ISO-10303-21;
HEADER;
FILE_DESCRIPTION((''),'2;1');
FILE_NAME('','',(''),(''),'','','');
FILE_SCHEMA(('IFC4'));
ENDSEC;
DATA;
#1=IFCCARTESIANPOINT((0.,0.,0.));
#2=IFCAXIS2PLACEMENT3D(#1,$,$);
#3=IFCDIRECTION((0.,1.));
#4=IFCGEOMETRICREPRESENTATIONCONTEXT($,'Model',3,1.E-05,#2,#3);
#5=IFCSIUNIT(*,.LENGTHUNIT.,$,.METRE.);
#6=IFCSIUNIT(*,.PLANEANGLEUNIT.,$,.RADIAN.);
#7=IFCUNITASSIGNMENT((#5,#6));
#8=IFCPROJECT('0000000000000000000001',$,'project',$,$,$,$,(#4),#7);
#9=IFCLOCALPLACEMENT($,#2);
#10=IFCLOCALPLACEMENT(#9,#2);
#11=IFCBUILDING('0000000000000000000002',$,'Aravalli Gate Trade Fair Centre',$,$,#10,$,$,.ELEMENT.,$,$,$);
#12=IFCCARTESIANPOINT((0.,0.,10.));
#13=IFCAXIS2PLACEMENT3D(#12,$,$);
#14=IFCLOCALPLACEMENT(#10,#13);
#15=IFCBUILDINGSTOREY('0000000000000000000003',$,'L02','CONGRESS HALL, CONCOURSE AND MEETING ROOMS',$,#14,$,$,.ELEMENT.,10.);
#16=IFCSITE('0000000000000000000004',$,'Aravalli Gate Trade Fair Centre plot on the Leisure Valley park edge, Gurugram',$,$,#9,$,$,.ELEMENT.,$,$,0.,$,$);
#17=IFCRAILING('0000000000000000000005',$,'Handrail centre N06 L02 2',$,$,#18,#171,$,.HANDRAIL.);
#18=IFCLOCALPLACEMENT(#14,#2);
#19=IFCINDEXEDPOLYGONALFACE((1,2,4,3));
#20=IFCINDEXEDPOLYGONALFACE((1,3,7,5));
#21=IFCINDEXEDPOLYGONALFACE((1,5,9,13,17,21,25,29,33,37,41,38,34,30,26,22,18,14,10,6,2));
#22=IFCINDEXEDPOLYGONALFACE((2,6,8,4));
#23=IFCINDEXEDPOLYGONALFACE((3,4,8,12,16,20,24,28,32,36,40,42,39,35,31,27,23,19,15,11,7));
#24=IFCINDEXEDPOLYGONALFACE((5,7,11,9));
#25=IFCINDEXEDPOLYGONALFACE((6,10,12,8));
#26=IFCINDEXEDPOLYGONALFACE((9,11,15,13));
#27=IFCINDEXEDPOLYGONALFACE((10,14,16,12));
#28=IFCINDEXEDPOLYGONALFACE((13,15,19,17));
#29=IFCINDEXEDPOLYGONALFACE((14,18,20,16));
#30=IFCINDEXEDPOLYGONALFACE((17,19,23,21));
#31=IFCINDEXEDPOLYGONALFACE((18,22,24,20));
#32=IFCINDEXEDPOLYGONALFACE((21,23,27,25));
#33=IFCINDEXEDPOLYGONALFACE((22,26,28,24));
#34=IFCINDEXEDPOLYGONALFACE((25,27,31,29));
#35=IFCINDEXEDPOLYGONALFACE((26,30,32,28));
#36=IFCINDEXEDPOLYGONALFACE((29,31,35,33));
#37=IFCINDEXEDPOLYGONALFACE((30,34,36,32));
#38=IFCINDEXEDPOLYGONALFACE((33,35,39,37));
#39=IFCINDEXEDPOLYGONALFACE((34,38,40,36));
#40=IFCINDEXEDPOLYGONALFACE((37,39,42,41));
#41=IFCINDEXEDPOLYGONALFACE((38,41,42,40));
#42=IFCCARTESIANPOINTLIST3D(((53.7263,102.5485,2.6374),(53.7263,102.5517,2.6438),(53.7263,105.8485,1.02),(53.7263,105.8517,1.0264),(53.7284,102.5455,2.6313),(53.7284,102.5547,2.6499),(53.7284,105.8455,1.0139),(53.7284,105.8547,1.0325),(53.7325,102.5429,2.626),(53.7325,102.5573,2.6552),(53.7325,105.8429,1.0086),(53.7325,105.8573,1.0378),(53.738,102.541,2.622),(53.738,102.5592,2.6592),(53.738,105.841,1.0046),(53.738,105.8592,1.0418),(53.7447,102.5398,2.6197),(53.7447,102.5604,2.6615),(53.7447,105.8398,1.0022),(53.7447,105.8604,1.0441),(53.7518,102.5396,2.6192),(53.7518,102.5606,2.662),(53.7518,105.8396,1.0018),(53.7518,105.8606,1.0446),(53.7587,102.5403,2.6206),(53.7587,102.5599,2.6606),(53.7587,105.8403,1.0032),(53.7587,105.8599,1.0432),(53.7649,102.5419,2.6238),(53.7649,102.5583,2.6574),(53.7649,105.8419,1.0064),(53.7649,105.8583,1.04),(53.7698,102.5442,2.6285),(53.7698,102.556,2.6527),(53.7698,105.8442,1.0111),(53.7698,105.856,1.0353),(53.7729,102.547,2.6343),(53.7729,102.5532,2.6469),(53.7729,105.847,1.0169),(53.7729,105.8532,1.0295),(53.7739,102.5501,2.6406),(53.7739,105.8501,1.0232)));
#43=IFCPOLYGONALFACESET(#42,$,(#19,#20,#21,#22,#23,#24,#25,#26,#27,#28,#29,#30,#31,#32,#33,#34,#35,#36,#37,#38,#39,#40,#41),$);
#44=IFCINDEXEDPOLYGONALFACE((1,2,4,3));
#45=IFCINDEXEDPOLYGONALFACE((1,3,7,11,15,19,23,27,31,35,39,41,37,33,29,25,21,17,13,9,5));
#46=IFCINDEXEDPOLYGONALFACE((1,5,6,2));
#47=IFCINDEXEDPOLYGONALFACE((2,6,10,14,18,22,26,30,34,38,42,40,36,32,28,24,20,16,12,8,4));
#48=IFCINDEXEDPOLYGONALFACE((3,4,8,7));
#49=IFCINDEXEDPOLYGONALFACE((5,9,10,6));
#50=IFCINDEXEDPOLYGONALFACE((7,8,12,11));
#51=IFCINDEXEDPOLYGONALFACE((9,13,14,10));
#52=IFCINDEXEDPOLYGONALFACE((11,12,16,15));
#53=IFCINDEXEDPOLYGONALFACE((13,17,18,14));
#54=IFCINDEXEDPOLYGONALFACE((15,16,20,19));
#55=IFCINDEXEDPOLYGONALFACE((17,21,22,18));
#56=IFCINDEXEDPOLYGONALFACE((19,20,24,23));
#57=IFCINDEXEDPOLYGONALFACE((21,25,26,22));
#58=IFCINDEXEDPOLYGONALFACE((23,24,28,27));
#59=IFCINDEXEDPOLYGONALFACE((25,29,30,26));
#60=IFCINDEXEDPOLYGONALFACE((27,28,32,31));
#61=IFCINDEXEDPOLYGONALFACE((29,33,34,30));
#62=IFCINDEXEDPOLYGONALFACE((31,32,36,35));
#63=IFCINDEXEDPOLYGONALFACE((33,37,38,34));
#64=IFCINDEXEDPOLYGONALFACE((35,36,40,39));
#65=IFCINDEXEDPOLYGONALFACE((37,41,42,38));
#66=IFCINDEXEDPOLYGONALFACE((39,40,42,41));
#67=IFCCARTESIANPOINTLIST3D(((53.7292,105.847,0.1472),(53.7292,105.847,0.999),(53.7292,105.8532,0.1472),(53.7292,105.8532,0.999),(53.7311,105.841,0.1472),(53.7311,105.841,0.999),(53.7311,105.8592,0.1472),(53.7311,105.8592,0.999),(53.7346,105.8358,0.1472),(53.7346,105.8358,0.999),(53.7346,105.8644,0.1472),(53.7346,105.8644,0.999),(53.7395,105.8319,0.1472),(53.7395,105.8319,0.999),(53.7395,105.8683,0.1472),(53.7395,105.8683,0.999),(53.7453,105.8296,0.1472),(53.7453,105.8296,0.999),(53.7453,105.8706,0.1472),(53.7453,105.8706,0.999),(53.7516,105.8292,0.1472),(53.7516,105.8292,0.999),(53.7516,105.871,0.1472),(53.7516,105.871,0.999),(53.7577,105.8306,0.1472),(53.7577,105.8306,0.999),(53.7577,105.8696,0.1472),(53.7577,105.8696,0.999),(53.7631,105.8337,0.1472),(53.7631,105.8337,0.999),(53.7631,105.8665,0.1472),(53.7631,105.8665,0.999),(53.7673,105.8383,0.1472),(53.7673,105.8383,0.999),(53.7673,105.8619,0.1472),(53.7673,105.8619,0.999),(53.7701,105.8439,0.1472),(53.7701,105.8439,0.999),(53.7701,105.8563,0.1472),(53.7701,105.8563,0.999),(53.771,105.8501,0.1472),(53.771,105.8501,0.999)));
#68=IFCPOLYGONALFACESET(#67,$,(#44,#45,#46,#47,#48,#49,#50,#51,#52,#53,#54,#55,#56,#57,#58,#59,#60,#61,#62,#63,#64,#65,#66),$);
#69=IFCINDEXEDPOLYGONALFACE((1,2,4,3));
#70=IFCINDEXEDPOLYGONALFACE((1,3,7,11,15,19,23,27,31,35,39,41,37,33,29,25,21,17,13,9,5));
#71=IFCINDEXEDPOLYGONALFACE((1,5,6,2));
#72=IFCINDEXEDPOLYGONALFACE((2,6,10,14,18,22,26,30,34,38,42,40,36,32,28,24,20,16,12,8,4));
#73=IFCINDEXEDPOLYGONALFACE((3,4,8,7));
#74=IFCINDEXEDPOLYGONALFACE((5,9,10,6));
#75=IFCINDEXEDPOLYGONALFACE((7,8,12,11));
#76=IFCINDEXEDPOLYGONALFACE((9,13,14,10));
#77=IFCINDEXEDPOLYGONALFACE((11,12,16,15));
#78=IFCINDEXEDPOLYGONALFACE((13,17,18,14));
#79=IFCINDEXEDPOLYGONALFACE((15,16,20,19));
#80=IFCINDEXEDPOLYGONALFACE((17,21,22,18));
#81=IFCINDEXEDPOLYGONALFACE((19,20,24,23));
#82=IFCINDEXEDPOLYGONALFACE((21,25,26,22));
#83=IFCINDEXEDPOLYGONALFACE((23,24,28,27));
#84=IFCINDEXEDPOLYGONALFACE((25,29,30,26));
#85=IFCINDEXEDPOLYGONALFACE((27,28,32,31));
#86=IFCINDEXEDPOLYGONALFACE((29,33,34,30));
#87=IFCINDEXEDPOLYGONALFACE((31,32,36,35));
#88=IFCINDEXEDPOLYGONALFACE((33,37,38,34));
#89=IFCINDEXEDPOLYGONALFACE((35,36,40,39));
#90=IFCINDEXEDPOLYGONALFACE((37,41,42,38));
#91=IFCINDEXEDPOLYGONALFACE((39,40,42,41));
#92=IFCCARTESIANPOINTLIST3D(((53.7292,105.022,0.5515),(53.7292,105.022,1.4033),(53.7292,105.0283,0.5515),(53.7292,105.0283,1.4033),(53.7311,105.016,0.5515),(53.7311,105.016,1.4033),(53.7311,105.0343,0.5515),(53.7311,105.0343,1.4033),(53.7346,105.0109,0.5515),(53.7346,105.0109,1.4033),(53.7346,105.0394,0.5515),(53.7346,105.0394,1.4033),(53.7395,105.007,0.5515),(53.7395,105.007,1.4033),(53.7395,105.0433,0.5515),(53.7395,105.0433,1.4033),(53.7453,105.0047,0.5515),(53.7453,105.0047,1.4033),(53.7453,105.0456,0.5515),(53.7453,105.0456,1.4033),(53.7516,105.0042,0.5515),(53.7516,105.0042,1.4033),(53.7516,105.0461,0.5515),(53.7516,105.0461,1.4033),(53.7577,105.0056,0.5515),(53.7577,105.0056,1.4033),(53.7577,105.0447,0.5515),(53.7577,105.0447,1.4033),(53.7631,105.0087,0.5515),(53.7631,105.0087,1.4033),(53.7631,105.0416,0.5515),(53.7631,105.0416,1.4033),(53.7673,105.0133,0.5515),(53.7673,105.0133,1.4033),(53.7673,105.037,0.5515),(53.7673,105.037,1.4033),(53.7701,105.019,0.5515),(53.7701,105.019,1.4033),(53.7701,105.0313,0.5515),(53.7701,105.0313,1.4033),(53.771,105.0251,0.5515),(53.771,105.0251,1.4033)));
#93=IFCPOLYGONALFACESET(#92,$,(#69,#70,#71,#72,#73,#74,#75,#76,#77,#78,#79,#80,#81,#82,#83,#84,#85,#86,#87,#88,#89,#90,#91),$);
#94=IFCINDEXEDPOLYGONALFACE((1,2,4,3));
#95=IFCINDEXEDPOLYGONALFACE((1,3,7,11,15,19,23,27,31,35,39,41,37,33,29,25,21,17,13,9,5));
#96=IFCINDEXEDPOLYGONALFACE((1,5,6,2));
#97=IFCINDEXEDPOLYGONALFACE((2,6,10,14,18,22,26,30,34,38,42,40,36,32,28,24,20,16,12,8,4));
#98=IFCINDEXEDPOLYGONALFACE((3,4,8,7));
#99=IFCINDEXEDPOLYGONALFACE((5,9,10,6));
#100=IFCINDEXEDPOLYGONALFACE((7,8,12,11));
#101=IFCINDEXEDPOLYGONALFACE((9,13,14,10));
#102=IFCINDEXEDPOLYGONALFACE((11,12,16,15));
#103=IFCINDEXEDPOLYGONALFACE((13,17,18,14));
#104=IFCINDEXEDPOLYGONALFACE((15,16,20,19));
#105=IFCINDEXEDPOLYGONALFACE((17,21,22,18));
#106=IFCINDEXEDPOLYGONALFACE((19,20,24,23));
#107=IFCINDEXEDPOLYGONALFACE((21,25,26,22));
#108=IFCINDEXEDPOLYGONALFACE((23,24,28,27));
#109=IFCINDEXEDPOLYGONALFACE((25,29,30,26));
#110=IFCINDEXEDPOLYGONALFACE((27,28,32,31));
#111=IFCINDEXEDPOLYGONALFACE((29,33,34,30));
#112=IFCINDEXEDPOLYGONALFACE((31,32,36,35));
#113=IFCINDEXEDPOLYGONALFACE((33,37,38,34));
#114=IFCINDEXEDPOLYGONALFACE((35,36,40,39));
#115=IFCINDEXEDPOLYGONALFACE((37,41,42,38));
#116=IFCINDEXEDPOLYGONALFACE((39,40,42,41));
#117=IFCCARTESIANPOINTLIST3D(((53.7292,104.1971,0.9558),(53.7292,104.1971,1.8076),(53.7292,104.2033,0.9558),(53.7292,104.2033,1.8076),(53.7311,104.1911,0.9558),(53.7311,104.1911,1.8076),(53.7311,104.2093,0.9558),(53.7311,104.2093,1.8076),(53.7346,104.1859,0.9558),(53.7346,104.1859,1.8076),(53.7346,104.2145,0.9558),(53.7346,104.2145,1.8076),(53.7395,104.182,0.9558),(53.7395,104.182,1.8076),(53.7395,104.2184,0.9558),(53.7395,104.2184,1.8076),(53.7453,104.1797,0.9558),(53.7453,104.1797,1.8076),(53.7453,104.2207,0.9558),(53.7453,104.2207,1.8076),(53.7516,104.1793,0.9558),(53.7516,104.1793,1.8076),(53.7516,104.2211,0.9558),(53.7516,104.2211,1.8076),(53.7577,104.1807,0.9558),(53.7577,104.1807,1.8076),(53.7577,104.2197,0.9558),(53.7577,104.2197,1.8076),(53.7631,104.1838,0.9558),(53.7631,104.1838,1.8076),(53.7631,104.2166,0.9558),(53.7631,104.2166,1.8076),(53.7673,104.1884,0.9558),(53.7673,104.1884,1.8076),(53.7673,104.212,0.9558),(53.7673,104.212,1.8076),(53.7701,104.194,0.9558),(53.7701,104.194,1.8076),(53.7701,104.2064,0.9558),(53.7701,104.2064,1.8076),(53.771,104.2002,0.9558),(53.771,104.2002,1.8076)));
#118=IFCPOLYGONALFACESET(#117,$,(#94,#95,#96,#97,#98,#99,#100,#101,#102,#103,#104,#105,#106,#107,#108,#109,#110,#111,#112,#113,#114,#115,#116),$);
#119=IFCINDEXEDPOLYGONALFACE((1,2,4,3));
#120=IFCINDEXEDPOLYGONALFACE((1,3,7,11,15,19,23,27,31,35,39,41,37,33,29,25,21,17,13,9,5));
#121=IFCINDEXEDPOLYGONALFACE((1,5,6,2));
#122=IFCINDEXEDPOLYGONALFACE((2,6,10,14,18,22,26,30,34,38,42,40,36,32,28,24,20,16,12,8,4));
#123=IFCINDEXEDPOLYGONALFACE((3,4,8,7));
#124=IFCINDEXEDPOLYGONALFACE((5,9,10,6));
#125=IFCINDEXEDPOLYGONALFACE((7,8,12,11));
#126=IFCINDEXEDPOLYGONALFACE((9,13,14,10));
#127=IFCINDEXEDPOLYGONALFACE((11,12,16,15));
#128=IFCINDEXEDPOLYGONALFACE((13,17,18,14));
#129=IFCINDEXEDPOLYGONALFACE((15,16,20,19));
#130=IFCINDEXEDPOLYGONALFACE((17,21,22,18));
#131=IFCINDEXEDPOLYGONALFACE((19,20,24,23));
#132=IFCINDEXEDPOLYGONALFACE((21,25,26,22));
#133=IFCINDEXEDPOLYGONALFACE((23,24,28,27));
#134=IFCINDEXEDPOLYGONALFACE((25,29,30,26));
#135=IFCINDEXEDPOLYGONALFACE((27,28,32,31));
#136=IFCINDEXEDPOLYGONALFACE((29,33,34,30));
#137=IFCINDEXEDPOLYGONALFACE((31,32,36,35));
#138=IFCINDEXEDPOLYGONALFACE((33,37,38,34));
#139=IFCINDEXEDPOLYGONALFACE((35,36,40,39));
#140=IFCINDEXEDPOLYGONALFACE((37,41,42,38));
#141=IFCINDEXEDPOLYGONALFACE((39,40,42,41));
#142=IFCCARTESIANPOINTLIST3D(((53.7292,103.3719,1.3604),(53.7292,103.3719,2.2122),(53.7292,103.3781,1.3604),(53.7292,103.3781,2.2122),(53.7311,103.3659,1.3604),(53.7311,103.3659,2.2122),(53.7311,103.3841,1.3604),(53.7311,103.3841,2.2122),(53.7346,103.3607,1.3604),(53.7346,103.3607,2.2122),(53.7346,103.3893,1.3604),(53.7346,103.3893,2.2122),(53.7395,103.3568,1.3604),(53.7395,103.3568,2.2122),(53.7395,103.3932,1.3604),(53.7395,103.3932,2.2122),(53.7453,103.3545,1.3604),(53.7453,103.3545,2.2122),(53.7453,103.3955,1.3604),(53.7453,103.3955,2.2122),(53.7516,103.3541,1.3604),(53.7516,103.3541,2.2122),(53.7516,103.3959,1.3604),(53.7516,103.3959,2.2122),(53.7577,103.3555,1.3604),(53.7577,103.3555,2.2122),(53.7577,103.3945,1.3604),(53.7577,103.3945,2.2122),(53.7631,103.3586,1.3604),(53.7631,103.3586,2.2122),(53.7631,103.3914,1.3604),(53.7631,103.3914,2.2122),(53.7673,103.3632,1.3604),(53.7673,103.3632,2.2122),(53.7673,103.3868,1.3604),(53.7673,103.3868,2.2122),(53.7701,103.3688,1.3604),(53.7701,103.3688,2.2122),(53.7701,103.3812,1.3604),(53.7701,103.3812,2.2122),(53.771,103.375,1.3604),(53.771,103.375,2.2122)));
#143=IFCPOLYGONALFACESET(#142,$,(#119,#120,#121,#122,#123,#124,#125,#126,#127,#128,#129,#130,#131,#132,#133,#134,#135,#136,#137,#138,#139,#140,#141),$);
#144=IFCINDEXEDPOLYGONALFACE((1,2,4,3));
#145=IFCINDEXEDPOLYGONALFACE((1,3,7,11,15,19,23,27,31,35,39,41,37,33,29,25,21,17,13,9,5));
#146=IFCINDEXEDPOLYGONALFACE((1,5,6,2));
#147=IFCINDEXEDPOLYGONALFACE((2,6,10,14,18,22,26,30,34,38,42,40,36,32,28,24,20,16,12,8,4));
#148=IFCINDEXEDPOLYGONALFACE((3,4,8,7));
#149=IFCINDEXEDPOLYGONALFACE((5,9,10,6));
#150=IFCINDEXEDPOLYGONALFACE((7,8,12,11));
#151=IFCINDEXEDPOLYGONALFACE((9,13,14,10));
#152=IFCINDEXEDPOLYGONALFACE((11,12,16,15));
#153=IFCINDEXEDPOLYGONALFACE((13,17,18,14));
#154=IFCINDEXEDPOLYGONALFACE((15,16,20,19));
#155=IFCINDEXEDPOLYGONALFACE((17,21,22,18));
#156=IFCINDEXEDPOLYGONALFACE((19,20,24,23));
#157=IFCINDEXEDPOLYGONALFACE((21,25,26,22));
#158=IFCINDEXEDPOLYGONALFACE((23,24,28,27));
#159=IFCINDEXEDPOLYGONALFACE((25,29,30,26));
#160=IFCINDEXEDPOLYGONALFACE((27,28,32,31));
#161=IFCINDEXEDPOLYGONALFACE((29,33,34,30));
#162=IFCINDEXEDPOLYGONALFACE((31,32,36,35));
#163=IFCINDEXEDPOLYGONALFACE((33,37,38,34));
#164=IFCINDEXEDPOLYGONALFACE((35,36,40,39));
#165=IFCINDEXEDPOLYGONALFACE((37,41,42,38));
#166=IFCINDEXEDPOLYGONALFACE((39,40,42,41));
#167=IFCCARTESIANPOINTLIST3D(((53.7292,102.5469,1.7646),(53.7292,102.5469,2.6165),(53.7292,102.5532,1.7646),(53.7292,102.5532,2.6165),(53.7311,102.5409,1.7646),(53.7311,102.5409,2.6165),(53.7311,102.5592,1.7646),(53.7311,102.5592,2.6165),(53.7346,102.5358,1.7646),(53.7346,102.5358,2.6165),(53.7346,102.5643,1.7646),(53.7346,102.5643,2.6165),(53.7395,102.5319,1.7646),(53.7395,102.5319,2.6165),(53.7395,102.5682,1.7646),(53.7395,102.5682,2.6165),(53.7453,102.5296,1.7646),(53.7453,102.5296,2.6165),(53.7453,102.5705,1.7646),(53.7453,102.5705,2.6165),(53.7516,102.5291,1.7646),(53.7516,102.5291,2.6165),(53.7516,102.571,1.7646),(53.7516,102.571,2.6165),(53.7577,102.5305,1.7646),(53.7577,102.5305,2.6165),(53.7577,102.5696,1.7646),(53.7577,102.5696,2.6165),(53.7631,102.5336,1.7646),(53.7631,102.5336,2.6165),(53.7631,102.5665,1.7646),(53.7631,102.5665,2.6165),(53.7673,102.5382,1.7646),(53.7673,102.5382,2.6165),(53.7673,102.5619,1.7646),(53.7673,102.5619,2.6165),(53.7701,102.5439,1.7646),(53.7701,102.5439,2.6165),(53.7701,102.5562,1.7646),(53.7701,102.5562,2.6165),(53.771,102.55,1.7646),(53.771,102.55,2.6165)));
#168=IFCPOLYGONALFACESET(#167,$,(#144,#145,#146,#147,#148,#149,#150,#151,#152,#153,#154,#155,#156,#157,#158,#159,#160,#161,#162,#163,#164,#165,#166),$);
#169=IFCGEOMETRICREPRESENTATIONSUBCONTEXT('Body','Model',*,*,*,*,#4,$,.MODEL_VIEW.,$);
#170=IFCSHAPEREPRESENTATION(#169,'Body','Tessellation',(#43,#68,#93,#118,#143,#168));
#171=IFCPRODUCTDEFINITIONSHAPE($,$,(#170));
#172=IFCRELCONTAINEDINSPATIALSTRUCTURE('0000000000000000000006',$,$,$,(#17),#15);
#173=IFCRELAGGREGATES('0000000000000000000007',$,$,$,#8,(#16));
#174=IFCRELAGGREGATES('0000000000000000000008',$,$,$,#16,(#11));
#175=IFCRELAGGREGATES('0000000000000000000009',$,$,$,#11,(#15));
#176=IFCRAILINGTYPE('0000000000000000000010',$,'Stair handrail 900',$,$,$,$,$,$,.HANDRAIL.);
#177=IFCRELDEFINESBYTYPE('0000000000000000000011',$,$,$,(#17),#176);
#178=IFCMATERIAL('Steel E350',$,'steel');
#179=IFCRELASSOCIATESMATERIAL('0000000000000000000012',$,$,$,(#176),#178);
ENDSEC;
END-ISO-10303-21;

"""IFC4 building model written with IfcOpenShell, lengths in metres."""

from ifc_helpers import new_model, si_unit, direction, frame, origin, origin_2d, place, context, subcontext, project, spatial, circle, extrude, material, type_object, element, save


model = new_model("IFC4")

# Units and contexts
model_context = context("Model", 3, precision=1e-05, world=origin(), true_north=direction((0.0, 1.0)))
body_context = subcontext(model_context, "Body", "Model", "MODEL_VIEW")
ifc_project = project(units=[si_unit("LENGTHUNIT", "METRE"), si_unit("PLANEANGLEUNIT", "RADIAN")], contexts=[model_context])

# Site, building, storey
site_placement = place(None, origin())
site = spatial("IfcSite", under=ifc_project, at=site_placement, Name="Aravalli Gate Trade Fair Centre plot on the Leisure Valley park edge, Gurugram", CompositionType="ELEMENT", RefElevation=0.0)
building_placement = place(site_placement, origin())
building = spatial("IfcBuilding", under=site, at=building_placement, Name="Aravalli Gate Trade Fair Centre", CompositionType="ELEMENT")
storey_placement = place(building_placement, frame((0.0, 0.0, 10.0)))
storey = spatial("IfcBuildingStorey", under=building, at=storey_placement, Name="L02", Description="CONGRESS HALL, CONCOURSE AND MEETING ROOMS", CompositionType="ELEMENT", Elevation=10.0)

# Shared definitions
ifc_material_1 = material(Name="Steel E350", Category="steel")

# Railing
railing_type = type_object("IfcRailingType", Name="Stair handrail 900", PredefinedType="HANDRAIL", material=ifc_material_1)
for number, where, name in (
    (1, (53.75, 105.8501, 0.1472), "Handrail centre N06 L02 2"),
):
    element("IfcRailing", number, at=place(storey_placement, frame(where)), inside=storey, type_object=railing_type, Name=name, PredefinedType="HANDRAIL", context=body_context, shape_type="SweptSolid", body=[
        extrude(circle(Radius=0.0239, at=origin_2d()), frame((0.0, 0.0, 0.876), z_axis=(0.0, -0.897946, 0.440105), x_axis=(1.0, 0.0, 0.0)), (0.0, 0.0, 1.0), 3.675),
        extrude(circle(Radius=0.021, at=origin_2d()), origin(), (0.0, 0.0, 1.0), 0.8518),
        extrude(circle(Radius=0.021, at=origin_2d()), frame((0.0, -0.825, 0.4043)), (0.0, 0.0, 1.0), 0.8518),
        extrude(circle(Radius=0.021, at=origin_2d()), frame((0.0, -1.6499, 0.8086)), (0.0, 0.0, 1.0), 0.8518),
        extrude(circle(Radius=0.021, at=origin_2d()), frame((0.0, -2.4751, 1.2131)), (0.0, 0.0, 1.0), 0.8518),
        extrude(circle(Radius=0.021, at=origin_2d()), frame((0.0, -3.3, 1.6174)), (0.0, 0.0, 1.0), 0.8518),
    ])

save(model, "model.ifc")
